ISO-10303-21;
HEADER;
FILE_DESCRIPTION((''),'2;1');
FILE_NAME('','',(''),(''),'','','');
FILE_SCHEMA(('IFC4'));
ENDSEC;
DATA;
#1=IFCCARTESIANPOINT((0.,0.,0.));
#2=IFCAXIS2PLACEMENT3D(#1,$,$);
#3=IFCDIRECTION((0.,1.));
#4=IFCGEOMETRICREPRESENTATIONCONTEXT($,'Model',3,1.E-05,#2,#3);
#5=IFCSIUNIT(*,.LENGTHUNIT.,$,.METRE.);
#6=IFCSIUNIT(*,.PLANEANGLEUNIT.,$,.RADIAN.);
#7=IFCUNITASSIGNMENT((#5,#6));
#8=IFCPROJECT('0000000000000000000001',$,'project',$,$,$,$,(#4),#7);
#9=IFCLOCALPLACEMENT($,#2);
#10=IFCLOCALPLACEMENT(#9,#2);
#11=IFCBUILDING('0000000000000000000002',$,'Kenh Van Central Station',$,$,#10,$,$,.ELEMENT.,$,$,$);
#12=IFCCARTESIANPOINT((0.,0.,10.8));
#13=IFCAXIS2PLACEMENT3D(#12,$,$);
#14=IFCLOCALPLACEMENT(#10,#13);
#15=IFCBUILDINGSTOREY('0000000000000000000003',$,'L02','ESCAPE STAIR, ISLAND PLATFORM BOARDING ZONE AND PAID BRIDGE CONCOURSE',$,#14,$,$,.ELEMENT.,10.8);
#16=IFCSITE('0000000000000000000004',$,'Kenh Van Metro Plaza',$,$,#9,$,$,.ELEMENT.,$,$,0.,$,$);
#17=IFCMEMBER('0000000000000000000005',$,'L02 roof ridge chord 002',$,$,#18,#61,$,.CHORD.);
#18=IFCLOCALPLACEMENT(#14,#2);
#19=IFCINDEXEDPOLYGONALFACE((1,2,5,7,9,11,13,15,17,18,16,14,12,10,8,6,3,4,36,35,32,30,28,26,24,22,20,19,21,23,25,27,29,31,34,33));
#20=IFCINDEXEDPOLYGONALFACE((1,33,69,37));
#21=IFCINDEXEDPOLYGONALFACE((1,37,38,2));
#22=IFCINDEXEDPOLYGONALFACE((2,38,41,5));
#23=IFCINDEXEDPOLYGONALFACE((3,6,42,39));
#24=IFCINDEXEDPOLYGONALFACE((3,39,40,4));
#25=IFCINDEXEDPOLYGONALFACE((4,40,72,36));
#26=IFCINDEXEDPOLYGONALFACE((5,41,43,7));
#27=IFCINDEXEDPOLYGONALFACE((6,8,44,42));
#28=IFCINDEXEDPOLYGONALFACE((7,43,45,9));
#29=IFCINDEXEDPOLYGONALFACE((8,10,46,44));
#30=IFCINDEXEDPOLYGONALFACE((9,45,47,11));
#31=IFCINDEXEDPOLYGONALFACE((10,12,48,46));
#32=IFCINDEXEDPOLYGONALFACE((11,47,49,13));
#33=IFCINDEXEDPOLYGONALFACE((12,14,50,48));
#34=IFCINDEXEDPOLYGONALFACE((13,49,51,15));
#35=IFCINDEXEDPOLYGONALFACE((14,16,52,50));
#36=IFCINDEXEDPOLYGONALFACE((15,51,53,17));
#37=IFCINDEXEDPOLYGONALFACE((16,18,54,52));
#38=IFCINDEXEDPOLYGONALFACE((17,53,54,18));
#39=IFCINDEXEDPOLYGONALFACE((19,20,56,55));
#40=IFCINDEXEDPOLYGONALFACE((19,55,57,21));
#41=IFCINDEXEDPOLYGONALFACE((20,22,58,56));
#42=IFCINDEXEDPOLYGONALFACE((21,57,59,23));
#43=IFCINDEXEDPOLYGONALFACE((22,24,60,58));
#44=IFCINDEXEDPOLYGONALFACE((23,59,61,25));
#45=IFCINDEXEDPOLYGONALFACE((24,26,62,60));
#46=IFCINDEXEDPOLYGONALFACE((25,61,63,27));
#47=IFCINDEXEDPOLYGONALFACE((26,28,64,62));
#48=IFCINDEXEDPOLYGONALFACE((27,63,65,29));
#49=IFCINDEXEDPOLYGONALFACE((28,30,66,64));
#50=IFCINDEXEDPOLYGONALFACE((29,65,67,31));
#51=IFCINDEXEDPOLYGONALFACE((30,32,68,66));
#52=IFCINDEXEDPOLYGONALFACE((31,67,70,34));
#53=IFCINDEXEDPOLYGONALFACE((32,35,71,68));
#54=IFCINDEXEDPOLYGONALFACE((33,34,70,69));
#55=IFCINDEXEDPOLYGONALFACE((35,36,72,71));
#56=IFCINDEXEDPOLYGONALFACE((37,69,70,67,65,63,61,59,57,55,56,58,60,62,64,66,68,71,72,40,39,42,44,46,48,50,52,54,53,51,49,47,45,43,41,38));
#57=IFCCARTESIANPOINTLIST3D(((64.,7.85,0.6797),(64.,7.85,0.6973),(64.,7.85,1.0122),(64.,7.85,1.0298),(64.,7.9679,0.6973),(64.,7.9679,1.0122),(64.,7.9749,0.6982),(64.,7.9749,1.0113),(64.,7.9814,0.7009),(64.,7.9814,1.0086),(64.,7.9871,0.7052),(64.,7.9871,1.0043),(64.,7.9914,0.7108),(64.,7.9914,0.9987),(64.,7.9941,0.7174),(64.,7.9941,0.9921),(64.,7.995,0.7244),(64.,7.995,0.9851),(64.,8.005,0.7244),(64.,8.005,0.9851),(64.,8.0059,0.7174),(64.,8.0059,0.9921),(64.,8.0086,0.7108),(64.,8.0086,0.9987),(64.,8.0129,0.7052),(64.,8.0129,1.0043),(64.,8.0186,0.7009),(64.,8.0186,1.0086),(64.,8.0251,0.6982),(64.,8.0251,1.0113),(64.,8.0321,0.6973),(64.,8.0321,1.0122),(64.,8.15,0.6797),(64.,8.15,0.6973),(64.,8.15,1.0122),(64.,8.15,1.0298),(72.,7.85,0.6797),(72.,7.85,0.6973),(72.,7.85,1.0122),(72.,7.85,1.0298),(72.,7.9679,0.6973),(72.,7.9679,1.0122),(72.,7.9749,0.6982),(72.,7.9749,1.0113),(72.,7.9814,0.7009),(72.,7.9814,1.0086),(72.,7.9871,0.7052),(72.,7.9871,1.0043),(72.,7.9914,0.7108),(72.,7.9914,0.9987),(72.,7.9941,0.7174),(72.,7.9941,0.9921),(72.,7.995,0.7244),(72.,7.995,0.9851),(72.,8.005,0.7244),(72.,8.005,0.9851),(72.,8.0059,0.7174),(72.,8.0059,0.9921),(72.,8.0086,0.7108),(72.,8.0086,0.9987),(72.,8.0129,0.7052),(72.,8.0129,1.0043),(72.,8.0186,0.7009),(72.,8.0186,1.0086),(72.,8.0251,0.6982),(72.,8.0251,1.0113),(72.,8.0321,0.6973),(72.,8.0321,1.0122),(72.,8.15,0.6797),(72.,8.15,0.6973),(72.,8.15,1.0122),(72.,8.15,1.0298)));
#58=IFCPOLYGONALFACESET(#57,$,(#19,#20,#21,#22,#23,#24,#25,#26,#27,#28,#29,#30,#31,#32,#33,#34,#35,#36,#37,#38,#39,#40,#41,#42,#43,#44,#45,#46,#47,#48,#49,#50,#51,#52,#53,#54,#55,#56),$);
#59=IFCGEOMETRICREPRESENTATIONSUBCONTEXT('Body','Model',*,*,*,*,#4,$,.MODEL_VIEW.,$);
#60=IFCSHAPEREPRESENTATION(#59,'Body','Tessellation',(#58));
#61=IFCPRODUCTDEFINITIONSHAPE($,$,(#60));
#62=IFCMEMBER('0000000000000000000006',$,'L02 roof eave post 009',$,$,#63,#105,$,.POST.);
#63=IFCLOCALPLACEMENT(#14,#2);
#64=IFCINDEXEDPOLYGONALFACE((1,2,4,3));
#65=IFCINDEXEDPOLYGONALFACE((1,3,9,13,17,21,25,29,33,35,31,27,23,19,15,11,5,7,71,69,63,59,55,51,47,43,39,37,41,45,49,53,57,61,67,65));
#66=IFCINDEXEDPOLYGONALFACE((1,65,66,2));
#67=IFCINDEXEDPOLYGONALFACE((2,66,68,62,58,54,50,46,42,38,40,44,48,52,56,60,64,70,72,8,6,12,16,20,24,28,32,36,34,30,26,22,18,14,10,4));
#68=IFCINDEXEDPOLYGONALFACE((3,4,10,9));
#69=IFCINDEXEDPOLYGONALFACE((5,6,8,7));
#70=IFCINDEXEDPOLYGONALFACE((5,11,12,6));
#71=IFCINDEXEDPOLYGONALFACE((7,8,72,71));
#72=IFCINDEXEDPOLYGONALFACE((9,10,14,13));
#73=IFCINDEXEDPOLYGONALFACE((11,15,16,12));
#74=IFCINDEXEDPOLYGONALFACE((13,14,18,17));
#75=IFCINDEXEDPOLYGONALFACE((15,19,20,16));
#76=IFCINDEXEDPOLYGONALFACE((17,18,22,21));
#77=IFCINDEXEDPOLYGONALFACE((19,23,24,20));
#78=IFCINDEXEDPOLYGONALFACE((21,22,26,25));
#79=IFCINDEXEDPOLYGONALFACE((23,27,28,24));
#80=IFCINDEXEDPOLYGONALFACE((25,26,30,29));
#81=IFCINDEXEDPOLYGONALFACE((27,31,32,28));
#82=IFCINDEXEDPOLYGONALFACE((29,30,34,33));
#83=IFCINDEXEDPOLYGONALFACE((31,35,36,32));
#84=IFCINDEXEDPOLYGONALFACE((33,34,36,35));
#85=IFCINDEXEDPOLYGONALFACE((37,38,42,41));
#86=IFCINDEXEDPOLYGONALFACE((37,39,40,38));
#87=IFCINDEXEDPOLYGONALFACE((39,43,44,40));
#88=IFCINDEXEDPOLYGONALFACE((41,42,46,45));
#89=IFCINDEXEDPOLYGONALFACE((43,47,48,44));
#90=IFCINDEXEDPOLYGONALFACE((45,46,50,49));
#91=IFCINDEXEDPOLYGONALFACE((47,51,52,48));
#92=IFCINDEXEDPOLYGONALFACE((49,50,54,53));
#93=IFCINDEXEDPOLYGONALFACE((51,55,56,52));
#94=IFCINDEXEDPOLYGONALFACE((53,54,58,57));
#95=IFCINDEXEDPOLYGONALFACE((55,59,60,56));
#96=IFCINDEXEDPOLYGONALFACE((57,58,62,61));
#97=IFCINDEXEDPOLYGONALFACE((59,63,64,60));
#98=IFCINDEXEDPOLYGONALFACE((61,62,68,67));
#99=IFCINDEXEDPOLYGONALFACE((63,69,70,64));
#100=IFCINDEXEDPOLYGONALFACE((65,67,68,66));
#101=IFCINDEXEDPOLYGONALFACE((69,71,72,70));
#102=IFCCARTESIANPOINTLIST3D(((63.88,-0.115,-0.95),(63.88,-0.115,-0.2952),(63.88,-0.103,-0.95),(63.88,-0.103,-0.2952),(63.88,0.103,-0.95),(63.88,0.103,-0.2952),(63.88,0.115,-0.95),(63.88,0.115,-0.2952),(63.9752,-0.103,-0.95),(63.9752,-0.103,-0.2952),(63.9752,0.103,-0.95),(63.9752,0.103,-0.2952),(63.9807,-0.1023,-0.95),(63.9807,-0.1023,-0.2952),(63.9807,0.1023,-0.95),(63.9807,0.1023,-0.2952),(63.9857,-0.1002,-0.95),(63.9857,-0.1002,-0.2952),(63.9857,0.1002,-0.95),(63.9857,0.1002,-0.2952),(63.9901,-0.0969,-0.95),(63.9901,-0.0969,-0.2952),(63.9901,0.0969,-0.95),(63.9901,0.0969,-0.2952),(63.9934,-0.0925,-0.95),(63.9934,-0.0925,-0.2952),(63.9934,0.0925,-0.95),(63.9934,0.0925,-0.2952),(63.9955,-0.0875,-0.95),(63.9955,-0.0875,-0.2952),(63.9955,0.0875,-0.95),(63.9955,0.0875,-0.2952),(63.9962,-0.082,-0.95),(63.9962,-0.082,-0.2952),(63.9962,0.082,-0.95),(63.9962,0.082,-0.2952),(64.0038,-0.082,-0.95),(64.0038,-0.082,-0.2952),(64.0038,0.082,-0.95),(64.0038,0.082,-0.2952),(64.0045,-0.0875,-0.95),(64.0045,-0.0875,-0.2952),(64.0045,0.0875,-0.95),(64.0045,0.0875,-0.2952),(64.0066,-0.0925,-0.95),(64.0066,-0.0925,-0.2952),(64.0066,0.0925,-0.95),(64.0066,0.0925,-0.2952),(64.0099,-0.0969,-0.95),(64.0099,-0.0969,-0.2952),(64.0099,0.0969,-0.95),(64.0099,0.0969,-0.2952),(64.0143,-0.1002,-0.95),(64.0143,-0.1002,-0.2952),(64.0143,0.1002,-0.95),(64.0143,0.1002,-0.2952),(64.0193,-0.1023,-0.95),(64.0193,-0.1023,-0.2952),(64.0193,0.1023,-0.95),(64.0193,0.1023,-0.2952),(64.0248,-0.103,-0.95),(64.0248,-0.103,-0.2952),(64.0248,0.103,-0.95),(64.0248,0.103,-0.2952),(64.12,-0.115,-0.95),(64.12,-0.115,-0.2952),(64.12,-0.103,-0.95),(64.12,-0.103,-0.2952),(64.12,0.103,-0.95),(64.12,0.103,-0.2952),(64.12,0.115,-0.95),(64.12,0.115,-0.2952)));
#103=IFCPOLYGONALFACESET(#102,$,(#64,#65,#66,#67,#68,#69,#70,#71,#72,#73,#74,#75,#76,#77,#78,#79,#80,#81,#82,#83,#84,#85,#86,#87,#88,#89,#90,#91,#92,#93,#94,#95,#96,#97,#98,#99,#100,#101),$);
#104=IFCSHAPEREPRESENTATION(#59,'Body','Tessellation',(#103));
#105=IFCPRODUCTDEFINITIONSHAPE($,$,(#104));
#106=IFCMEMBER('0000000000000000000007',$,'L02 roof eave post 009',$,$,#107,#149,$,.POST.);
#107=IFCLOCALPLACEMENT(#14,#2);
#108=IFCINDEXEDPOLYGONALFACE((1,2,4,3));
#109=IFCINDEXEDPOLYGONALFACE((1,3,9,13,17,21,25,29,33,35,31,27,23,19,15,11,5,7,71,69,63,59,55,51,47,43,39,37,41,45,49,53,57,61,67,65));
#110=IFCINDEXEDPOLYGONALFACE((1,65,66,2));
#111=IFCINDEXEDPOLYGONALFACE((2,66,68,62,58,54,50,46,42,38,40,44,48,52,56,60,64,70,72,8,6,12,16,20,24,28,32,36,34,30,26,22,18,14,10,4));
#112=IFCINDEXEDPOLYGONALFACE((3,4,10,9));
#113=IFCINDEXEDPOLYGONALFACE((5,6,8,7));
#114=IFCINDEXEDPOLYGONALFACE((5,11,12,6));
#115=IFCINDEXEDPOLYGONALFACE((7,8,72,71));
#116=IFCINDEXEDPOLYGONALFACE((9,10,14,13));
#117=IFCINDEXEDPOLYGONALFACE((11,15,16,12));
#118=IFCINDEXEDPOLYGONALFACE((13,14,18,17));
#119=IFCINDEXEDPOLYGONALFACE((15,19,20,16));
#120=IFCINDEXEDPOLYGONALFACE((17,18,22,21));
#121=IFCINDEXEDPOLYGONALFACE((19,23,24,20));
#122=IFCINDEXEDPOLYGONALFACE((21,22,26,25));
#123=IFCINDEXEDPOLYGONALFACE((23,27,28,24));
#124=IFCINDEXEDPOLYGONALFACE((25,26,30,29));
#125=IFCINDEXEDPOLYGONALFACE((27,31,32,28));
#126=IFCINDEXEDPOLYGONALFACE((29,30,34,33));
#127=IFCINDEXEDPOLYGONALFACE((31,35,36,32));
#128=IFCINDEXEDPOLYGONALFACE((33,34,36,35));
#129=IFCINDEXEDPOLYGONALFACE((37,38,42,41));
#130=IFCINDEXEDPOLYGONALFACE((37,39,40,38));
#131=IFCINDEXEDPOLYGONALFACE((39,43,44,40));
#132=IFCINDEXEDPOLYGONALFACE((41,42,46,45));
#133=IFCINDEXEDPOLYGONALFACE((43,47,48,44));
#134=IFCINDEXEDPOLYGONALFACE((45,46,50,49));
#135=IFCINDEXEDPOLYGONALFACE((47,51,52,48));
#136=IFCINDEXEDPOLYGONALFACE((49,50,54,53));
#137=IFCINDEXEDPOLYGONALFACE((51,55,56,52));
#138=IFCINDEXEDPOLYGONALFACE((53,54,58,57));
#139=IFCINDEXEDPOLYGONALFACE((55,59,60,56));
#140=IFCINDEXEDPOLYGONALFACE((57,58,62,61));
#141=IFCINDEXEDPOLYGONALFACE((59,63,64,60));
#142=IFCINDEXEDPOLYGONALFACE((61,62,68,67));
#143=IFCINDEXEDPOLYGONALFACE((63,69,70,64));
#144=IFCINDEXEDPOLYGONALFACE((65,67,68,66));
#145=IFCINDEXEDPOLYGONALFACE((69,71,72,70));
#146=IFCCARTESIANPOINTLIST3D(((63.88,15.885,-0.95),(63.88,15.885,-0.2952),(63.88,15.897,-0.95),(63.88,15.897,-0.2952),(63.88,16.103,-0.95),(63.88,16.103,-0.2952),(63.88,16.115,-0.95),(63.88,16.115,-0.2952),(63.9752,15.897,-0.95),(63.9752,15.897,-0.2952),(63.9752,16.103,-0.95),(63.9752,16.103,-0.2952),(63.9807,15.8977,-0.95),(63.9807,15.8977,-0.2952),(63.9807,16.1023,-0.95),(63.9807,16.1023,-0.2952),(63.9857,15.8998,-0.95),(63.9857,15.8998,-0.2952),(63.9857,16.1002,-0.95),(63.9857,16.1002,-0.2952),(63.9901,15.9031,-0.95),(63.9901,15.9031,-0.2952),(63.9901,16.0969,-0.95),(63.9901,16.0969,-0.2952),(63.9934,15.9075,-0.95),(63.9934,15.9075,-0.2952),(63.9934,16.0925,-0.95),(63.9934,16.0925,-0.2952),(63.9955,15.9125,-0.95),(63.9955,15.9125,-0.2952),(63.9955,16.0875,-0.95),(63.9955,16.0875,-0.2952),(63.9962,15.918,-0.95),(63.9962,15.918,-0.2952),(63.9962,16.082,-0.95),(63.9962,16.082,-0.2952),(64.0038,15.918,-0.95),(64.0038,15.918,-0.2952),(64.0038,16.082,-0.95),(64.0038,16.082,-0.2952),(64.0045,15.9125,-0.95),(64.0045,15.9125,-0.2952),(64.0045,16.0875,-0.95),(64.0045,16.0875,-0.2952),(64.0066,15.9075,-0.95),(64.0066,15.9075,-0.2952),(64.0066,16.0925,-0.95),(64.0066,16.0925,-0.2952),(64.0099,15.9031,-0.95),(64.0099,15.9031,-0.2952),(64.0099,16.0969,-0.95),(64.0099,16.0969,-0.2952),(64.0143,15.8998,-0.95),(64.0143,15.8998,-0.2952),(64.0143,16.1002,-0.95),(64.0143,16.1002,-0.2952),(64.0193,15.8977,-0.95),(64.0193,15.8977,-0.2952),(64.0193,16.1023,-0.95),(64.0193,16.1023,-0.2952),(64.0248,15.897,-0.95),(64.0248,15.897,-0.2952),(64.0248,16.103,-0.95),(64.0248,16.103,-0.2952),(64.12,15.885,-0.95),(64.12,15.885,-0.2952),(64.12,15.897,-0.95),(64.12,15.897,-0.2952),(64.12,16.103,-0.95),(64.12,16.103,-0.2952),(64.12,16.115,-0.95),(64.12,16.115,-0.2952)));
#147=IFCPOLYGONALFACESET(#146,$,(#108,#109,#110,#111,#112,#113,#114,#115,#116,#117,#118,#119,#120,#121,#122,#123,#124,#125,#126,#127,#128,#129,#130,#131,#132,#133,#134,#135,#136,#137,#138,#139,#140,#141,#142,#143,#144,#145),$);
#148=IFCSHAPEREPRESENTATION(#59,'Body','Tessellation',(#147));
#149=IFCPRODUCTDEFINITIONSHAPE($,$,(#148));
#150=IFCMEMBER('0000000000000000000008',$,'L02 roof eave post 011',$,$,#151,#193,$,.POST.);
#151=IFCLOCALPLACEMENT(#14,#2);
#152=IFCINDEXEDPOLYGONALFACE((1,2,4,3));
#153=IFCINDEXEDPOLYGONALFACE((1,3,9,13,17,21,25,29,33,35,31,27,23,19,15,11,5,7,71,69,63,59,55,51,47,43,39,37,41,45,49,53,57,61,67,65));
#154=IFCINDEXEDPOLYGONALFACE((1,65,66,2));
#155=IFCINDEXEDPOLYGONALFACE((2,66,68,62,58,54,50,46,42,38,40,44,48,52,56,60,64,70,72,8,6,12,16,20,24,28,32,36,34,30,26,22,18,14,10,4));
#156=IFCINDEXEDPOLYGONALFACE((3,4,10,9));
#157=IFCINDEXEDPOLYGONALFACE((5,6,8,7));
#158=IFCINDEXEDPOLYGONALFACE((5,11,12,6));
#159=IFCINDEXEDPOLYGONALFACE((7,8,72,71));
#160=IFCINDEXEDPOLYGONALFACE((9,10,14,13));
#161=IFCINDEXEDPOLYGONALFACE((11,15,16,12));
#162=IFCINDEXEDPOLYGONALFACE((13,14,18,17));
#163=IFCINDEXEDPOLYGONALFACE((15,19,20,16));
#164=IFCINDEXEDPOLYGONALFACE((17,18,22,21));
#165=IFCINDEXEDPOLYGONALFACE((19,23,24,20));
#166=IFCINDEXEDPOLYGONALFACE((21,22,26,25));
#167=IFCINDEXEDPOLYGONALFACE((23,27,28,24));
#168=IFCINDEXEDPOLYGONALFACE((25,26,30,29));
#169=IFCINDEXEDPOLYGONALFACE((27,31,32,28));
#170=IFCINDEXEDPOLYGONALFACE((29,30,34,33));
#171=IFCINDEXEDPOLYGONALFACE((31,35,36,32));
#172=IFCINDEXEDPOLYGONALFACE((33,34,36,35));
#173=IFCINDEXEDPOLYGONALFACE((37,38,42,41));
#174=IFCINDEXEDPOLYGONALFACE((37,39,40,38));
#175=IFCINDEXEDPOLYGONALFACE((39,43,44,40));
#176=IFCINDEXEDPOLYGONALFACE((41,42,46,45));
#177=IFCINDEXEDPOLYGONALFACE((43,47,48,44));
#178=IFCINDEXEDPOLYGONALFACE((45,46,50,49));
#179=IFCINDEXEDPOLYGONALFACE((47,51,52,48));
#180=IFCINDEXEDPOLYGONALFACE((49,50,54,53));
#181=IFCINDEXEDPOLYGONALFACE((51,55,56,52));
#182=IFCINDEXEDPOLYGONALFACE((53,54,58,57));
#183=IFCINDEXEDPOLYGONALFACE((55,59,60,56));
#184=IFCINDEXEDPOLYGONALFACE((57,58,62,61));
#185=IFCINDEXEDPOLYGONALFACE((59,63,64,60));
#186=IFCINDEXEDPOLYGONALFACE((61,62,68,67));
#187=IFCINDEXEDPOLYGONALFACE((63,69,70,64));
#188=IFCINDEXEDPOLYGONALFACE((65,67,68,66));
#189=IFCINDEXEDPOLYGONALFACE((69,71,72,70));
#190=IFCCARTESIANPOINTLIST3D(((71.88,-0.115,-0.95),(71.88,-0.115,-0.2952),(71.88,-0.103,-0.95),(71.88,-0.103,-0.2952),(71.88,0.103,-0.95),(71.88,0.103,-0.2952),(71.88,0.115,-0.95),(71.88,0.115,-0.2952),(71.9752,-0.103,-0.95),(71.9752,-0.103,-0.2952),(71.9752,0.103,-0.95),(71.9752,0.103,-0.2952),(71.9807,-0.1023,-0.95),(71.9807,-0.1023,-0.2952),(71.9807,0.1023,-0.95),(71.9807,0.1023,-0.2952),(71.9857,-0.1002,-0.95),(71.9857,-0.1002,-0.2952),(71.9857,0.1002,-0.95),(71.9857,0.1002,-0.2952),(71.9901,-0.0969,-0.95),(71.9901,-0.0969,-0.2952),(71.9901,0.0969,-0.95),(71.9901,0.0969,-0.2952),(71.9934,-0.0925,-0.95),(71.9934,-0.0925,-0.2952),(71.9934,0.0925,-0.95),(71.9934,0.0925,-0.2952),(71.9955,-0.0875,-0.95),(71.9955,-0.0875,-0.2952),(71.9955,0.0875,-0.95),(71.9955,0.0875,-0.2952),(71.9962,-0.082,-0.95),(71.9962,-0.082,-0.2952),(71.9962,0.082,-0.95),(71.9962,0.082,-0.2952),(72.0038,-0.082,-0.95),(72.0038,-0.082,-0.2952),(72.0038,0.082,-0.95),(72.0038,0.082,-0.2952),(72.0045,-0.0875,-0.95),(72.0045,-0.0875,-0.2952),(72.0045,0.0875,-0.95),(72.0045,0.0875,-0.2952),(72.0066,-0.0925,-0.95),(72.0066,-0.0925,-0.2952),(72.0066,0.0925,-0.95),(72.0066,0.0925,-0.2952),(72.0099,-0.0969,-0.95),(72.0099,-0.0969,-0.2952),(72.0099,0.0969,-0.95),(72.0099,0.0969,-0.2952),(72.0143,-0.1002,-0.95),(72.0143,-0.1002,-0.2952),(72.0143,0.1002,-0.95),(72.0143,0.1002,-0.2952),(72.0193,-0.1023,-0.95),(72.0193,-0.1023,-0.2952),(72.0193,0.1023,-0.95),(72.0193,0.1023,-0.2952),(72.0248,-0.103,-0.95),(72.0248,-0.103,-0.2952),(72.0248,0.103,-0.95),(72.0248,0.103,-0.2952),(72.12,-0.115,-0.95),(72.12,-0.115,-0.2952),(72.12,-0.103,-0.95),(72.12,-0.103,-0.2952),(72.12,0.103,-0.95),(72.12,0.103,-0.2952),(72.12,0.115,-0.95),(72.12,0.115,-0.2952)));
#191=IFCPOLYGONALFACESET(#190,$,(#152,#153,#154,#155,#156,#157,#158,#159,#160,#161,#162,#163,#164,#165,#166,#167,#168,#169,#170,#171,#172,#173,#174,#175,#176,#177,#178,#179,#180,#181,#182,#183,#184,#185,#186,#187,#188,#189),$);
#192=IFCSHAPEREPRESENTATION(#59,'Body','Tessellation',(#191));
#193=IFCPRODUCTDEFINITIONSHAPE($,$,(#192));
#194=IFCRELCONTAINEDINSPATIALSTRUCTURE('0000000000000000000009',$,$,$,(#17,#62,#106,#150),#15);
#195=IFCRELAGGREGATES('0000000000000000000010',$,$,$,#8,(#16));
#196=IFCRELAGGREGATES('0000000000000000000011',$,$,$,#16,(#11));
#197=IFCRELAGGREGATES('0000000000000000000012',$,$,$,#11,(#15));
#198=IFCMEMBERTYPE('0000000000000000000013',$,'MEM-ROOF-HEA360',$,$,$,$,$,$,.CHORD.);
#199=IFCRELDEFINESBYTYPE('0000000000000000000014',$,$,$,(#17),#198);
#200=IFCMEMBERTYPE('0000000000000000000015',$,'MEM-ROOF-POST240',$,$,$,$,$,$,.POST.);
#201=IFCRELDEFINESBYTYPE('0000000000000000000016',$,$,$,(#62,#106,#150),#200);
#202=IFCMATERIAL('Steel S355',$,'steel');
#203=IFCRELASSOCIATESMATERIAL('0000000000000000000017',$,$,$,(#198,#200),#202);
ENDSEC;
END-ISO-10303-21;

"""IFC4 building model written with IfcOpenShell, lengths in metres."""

from ifc_helpers import new_model, si_unit, direction, frame, origin, origin_2d, place, context, subcontext, project, spatial, i_section, extrude, material, material_profile, profile_set, type_object, element, save


model = new_model("IFC4")

# Units and contexts
model_context = context("Model", 3, precision=1e-05, world=origin(), true_north=direction((0.0, 1.0)))
body_context = subcontext(model_context, "Body", "Model", "MODEL_VIEW")
ifc_project = project(units=[si_unit("LENGTHUNIT", "METRE"), si_unit("PLANEANGLEUNIT", "RADIAN")], contexts=[model_context])

# Site, building, storey
site_placement = place(None, origin())
site = spatial("IfcSite", under=ifc_project, at=site_placement, Name="Kenh Van Metro Plaza", CompositionType="ELEMENT", RefElevation=0.0)
building_placement = place(site_placement, origin())
building = spatial("IfcBuilding", under=site, at=building_placement, Name="Kenh Van Central Station", CompositionType="ELEMENT")
storey_placement = place(building_placement, frame((0.0, 0.0, 10.8)))
storey = spatial("IfcBuildingStorey", under=building, at=storey_placement, Name="L02", Description="ESCAPE STAIR, ISLAND PLATFORM BOARDING ZONE AND PAID BRIDGE CONCOURSE", CompositionType="ELEMENT", Elevation=10.8)

# Shared definitions
ifc_material_1 = material(Name="Steel S355", Category="steel")

# Members
ifc_material_profile_1 = material_profile(ifc_material_1, i_section(OverallWidth=0.3, OverallDepth=0.3501, WebThickness=0.01, FlangeThickness=0.0176, FilletRadius=0.0271, at=origin_2d()), Name="HEA 360")
ifc_profile_set_1 = profile_set([ifc_material_profile_1], Name="Steel S355")
member_type_1 = type_object("IfcMemberType", Name="MEM-ROOF-HEA360", PredefinedType="CHORD", material=ifc_profile_set_1)
member_1_placement = place(storey_placement, frame((64.0, 8.0, 0.8547), z_axis=(1.0, 0.0, 0.0), x_axis=(0.0, 1.0, 0.0)))
element("IfcMember", 1, at=member_1_placement, inside=storey, type_object=member_type_1, Name="L02 roof ridge chord 002", PredefinedType="CHORD", context=body_context, shape_type="SweptSolid", body=[
    extrude(i_section(OverallWidth=0.3, OverallDepth=0.3501, WebThickness=0.01, FlangeThickness=0.0176, FilletRadius=0.0271, at=origin_2d()), origin(), (0.0, 0.0, 1.0), 8.0),
])
ifc_material_profile_2 = material_profile(ifc_material_1, i_section(OverallWidth=0.24, OverallDepth=0.23, WebThickness=0.0076, FlangeThickness=0.012, FilletRadius=0.021, at=origin_2d()), Name="HEA 240")
ifc_profile_set_2 = profile_set([ifc_material_profile_2], Name="Steel S355")
member_type_2 = type_object("IfcMemberType", Name="MEM-ROOF-POST240", PredefinedType="POST", material=ifc_profile_set_2)
for number, where, z_axis, x_axis, name in (
    (2, (64.0, 0.0, -0.95), (0.0, 0.0, 1.0), (1.0, 0.0, 0.0), "L02 roof eave post 009"),
    (3, (64.0, 16.0, -0.95), (0.0, 0.0, 1.0), (1.0, 0.0, 0.0), "L02 roof eave post 009"),
    (4, (72.0, 0.0, -0.95), (0.0, 0.0, 1.0), (1.0, 0.0, 0.0), "L02 roof eave post 011"),
):
    element("IfcMember", number, at=place(storey_placement, frame(where, z_axis=z_axis, x_axis=x_axis)), inside=storey, type_object=member_type_2, Name=name, PredefinedType="POST", context=body_context, shape_type="SweptSolid", body=[
        extrude(i_section(OverallWidth=0.24, OverallDepth=0.23, WebThickness=0.0076, FlangeThickness=0.012, FilletRadius=0.021, at=origin_2d()), origin(), (0.0, 0.0, 1.0), 0.6548),
    ])

save(model, "model.ifc")
